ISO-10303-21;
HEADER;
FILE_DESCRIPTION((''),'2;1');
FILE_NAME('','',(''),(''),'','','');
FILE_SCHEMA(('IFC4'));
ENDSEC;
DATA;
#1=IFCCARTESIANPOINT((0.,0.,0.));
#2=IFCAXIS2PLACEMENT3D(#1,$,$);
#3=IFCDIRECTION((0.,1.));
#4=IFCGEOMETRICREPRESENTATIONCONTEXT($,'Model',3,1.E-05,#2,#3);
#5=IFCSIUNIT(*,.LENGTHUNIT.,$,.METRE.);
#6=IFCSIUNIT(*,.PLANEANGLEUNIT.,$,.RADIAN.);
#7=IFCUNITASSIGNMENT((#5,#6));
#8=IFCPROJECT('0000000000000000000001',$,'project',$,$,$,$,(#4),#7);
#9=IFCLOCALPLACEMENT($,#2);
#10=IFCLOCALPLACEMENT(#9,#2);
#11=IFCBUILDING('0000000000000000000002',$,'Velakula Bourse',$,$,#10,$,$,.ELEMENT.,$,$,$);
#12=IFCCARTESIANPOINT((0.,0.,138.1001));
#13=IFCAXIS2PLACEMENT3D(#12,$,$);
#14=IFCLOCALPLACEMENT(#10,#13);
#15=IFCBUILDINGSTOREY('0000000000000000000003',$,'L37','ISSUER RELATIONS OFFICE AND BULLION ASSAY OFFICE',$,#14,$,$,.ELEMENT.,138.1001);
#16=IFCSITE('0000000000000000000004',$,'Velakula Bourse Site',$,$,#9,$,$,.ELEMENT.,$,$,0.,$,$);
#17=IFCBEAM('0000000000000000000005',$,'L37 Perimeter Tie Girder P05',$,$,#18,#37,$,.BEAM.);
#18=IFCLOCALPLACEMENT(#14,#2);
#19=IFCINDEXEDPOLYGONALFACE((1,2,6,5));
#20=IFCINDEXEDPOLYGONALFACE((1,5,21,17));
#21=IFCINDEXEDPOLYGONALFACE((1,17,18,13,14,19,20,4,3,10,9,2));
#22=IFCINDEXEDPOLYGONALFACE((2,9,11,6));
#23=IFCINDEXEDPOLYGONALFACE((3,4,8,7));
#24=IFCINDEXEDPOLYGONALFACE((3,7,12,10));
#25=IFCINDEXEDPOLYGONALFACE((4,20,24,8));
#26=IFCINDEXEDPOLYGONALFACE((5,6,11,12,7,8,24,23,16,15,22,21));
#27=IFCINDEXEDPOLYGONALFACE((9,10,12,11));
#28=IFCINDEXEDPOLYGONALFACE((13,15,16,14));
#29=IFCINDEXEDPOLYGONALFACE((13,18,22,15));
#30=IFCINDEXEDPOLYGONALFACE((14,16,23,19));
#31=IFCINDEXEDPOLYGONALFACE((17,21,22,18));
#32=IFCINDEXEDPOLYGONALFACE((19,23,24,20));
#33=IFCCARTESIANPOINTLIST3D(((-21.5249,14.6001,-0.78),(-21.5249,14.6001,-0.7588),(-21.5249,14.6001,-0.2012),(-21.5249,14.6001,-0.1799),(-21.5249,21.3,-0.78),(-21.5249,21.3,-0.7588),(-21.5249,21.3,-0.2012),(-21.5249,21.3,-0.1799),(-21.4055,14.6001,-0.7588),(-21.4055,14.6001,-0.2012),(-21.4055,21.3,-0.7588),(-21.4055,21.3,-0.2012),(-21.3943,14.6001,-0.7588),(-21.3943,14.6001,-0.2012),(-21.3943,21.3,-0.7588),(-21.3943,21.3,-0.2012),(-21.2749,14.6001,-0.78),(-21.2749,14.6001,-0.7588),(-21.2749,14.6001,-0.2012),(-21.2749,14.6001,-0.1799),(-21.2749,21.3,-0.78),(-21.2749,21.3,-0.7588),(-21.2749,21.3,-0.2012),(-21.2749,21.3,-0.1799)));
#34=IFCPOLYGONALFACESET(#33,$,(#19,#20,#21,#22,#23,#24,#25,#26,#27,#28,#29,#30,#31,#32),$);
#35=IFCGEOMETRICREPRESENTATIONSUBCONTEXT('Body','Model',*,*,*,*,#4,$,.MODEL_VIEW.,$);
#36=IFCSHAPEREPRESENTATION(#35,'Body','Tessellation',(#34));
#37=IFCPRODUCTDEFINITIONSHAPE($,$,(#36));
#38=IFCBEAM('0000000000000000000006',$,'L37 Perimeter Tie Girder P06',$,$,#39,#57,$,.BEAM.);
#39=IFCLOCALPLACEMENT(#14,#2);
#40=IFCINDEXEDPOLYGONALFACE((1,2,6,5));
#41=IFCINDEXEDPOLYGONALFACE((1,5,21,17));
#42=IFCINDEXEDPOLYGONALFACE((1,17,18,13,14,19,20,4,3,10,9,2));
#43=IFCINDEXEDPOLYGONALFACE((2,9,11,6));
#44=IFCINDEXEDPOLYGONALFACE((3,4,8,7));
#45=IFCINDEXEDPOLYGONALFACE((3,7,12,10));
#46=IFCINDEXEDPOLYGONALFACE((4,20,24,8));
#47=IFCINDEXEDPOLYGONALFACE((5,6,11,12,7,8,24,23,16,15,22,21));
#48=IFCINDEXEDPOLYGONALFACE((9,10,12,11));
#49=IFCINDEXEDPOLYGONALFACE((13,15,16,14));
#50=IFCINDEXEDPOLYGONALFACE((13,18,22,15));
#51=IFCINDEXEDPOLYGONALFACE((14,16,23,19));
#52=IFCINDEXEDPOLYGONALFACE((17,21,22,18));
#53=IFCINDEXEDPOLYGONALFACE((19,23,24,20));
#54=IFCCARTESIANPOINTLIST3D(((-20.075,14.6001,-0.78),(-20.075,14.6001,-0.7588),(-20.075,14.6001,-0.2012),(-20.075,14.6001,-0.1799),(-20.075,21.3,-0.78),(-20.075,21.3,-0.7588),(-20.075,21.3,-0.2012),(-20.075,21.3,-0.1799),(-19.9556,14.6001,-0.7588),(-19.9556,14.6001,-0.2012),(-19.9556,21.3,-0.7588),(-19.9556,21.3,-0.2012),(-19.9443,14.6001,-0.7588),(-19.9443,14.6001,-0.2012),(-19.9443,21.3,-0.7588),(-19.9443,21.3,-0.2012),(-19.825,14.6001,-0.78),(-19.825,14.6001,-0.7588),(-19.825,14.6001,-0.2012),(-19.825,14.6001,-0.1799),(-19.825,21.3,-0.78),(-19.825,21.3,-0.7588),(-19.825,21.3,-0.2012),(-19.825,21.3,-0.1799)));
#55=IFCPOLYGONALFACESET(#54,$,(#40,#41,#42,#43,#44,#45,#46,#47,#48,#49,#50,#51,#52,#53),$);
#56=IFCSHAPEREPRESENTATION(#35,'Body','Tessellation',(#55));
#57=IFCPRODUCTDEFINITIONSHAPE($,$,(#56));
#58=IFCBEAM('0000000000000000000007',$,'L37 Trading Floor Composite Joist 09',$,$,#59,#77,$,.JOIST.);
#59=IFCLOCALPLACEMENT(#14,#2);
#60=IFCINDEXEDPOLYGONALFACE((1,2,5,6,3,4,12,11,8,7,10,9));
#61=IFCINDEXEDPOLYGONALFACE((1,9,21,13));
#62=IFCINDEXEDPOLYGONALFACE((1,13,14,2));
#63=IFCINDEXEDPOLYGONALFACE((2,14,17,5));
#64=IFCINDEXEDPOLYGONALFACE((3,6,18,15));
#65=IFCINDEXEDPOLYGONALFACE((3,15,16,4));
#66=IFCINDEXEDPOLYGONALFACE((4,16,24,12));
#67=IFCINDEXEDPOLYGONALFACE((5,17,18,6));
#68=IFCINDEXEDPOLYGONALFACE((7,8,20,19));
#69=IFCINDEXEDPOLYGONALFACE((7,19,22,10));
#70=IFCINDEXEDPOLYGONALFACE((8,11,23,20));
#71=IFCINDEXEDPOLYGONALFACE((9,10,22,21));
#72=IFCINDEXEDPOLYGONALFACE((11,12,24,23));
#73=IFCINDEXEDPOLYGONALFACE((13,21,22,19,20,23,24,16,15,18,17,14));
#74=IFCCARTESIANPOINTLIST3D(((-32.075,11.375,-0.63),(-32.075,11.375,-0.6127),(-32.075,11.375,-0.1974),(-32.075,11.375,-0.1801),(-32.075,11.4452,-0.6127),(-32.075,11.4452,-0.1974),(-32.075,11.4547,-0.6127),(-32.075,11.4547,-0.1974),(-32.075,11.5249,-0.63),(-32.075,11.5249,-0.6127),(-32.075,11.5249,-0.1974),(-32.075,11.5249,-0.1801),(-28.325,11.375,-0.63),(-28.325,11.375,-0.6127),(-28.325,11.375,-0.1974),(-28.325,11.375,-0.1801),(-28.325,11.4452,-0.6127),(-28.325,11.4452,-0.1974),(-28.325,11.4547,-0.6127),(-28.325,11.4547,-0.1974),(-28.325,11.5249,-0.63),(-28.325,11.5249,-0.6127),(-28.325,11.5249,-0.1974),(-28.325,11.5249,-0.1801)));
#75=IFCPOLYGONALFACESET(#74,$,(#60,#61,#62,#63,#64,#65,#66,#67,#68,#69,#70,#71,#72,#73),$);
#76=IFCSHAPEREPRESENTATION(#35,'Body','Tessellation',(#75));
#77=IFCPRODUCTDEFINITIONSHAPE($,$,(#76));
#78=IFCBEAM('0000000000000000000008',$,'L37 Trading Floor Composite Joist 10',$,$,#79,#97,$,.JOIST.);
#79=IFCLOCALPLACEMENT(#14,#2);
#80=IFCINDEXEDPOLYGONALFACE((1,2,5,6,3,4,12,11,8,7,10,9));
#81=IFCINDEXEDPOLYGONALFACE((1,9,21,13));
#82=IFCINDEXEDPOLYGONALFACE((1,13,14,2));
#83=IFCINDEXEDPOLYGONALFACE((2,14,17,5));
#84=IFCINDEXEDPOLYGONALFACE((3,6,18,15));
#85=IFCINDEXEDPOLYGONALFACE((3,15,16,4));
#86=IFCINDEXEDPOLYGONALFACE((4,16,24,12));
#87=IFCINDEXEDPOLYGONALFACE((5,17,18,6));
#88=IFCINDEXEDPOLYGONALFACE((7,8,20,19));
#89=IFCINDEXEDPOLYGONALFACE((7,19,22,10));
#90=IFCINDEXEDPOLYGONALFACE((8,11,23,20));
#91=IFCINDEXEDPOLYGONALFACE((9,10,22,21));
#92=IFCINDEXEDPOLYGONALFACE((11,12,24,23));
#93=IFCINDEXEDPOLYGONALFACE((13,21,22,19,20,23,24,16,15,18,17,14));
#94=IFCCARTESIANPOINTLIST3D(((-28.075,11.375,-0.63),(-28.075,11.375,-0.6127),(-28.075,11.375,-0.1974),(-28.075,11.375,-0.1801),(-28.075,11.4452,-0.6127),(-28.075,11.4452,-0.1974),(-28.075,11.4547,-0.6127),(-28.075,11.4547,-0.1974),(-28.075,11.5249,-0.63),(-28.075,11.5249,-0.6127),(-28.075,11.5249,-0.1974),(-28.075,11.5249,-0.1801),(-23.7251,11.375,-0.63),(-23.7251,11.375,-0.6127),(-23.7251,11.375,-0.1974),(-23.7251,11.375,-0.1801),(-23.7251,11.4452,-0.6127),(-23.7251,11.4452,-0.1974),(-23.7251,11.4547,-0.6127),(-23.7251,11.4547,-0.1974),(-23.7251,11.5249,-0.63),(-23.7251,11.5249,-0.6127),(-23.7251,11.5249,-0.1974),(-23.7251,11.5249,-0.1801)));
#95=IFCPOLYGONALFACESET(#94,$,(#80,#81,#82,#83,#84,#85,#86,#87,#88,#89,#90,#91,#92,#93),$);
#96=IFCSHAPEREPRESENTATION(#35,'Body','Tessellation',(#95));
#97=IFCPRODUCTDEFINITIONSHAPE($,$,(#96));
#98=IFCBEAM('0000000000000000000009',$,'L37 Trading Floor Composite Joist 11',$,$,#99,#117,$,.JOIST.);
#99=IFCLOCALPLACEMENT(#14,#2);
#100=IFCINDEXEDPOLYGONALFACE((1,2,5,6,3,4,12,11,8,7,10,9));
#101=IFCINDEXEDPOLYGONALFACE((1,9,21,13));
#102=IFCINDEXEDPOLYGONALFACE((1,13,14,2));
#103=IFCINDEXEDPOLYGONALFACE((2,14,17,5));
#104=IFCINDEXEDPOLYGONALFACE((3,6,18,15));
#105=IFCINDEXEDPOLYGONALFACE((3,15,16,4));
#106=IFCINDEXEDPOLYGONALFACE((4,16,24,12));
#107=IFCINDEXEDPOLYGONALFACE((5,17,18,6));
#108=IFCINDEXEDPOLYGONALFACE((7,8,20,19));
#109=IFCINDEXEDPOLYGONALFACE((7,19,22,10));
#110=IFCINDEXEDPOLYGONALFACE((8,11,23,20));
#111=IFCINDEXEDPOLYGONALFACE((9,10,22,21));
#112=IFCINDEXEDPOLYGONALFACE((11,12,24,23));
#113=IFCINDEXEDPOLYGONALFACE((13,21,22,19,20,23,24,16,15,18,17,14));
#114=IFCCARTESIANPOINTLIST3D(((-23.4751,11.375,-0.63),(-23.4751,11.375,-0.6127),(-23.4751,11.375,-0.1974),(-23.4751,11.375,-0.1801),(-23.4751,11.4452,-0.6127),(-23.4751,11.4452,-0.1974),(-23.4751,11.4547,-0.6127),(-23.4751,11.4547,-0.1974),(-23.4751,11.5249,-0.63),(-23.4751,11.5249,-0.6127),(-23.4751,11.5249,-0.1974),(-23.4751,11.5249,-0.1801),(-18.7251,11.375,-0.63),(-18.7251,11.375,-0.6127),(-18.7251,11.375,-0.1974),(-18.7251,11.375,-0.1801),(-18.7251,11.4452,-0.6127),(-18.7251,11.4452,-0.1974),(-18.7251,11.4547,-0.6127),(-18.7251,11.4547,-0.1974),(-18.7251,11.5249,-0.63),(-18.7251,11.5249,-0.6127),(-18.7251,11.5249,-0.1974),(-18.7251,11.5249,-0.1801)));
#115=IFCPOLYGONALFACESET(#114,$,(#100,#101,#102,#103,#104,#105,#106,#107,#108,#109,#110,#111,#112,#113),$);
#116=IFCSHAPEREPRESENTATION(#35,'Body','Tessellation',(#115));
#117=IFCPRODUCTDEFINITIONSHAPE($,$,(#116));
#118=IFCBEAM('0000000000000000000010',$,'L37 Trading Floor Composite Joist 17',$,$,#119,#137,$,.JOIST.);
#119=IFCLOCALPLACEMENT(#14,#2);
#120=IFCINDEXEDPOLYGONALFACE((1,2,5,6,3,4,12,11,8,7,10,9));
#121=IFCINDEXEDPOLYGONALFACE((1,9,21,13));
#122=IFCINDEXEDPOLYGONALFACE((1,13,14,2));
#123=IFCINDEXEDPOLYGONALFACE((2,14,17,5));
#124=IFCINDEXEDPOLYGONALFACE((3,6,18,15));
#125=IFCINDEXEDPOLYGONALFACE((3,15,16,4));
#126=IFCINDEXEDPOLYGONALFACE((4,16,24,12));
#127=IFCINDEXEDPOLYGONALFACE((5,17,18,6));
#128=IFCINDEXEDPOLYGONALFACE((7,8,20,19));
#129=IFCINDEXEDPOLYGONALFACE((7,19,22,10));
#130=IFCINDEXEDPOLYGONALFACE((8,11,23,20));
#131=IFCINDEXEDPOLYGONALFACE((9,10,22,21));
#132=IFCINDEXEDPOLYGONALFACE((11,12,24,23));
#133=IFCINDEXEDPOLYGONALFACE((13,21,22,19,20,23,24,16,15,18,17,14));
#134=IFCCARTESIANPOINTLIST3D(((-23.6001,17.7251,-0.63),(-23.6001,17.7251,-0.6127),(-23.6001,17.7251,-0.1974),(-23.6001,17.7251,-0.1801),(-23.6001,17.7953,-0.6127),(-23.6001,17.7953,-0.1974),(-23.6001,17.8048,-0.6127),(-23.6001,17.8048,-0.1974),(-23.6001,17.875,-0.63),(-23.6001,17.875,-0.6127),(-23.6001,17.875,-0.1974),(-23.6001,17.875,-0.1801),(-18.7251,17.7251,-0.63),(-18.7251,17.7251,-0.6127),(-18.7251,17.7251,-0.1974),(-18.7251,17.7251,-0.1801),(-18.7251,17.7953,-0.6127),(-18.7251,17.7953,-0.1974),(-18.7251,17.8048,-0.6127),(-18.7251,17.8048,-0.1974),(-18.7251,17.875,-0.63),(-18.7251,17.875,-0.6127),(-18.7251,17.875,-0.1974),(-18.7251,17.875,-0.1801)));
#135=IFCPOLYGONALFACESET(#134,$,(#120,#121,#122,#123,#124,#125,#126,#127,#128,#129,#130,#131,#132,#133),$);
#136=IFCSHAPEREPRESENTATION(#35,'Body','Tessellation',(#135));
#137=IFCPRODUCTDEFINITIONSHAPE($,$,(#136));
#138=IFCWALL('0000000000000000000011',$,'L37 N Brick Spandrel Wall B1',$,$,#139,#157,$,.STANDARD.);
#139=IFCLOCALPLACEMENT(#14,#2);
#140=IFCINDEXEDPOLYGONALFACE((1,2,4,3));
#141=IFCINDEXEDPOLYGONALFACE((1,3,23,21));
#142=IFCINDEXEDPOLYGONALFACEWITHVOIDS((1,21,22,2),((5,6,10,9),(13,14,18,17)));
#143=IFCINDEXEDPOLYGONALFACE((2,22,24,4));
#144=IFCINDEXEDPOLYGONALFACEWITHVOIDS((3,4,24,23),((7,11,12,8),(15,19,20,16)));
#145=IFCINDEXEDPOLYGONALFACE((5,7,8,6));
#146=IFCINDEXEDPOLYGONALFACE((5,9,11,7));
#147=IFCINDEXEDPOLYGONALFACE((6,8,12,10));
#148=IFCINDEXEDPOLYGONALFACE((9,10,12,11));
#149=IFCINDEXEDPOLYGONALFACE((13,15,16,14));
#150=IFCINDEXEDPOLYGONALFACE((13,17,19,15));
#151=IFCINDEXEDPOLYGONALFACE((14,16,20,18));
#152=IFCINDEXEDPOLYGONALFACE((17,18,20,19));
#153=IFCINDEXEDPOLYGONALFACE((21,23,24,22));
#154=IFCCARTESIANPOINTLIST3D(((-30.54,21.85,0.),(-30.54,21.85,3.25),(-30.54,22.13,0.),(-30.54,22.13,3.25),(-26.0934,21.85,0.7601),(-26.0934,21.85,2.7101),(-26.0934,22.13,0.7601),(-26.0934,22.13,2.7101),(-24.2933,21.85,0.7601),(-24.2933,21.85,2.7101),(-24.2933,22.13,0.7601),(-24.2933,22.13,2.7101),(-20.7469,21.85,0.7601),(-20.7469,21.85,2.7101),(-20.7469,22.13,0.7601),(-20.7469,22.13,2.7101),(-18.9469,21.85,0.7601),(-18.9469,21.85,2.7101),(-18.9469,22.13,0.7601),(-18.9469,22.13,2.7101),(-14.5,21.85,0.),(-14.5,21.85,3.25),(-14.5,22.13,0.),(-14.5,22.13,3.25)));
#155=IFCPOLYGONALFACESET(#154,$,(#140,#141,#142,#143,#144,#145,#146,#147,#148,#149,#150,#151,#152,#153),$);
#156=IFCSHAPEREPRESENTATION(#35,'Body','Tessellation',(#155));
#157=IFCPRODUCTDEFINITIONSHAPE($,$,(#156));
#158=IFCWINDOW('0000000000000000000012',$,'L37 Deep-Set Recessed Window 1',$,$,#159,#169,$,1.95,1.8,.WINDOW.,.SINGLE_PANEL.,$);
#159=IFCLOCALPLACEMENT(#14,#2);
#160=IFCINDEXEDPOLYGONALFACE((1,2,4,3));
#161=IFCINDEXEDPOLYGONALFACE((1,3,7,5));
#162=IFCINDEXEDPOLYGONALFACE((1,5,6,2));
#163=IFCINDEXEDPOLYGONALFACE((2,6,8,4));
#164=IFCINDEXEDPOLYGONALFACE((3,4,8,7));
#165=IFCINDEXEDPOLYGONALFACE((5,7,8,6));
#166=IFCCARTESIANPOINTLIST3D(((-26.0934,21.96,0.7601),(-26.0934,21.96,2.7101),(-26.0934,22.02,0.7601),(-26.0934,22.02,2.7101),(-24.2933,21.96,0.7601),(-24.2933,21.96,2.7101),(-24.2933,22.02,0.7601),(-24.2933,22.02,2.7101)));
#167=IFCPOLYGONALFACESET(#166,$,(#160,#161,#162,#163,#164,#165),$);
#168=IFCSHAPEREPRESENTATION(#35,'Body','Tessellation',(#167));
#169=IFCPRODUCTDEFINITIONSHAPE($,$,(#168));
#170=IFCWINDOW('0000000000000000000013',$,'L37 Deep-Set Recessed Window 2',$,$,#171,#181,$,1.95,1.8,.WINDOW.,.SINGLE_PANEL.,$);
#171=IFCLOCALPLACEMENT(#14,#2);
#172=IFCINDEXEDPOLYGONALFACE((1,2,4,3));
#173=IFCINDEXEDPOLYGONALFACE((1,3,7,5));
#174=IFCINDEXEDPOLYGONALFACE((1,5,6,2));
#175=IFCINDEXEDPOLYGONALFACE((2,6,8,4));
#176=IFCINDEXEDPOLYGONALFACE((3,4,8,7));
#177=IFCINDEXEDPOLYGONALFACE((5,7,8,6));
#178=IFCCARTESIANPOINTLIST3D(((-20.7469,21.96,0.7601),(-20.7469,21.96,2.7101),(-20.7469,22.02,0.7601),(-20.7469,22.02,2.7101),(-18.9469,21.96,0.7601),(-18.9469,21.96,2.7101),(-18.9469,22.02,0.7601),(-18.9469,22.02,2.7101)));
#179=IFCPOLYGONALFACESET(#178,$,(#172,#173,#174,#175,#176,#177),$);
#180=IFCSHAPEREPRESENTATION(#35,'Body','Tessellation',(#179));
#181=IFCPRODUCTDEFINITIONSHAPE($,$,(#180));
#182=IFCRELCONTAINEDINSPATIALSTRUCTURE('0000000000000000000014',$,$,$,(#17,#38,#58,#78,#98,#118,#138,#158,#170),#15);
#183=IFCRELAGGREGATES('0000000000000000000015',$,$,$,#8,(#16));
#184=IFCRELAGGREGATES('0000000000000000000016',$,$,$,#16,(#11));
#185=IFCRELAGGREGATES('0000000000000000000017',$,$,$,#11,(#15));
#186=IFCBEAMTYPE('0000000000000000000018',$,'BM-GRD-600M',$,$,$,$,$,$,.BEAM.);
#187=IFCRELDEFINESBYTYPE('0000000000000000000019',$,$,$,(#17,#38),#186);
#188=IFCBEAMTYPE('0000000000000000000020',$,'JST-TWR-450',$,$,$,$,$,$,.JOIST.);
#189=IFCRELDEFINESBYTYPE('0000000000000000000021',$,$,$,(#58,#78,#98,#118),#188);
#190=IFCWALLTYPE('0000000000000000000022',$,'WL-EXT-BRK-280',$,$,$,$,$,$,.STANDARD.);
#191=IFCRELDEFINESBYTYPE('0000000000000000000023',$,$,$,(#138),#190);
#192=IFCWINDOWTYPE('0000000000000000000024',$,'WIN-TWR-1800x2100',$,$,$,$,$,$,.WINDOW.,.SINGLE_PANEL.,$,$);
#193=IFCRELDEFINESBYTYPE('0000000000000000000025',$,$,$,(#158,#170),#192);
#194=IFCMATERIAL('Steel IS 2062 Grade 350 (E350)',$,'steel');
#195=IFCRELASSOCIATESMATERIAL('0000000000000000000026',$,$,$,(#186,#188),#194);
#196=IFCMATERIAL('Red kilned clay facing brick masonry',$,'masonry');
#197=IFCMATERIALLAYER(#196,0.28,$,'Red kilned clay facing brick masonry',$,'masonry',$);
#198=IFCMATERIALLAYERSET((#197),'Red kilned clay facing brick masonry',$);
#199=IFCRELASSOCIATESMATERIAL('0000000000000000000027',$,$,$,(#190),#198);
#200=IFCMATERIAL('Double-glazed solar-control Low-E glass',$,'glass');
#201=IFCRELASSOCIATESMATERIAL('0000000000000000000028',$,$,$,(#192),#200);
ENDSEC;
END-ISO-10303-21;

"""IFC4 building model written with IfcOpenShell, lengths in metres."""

from ifc_helpers import new_model, si_unit, direction, frame, frame_2d, origin, origin_2d, place, context, subcontext, project, spatial, rectangle, i_section, extrude, material, layer, layer_set, material_profile, profile_set, type_object, element, fill, save


model = new_model("IFC4")

# Units and contexts
model_context = context("Model", 3, precision=1e-05, world=origin(), true_north=direction((0.0, 1.0)))
body_context = subcontext(model_context, "Body", "Model", "MODEL_VIEW")
ifc_project = project(units=[si_unit("LENGTHUNIT", "METRE"), si_unit("PLANEANGLEUNIT", "RADIAN")], contexts=[model_context])

# Site, building, storey
site_placement = place(None, origin())
site = spatial("IfcSite", under=ifc_project, at=site_placement, Name="Velakula Bourse Site", CompositionType="ELEMENT", RefElevation=0.0)
building_placement = place(site_placement, origin())
building = spatial("IfcBuilding", under=site, at=building_placement, Name="Velakula Bourse", CompositionType="ELEMENT")
storey_placement = place(building_placement, frame((0.0, 0.0, 138.1001)))
storey = spatial("IfcBuildingStorey", under=building, at=storey_placement, Name="L37", Description="ISSUER RELATIONS OFFICE AND BULLION ASSAY OFFICE", CompositionType="ELEMENT", Elevation=138.1001)

# Shared definitions
ifc_material_1 = material(Name="Steel IS 2062 Grade 350 (E350)", Category="steel")

# Beams
ifc_material_profile_1 = material_profile(ifc_material_1, i_section(OverallWidth=0.25, OverallDepth=0.6001, WebThickness=0.0112, FlangeThickness=0.0212, at=origin_2d()), Name="Steel IS 2062 Grade 350 (E350)")
ifc_profile_set_1 = profile_set([ifc_material_profile_1], Name="Steel IS 2062 Grade 350 (E350)")
beam_type_1 = type_object("IfcBeamType", Name="BM-GRD-600M", PredefinedType="BEAM", material=ifc_profile_set_1)
for number, where, z_axis, x_axis, name in (
    (1, (-21.3999, 14.6001, -0.48), (0.0, 1.0, 0.0), (-1.0, 0.0, 0.0), "L37 Perimeter Tie Girder P05"),
    (2, (-19.95, 14.6001, -0.48), (0.0, 1.0, 0.0), (-1.0, 0.0, 0.0), "L37 Perimeter Tie Girder P06"),
):
    element("IfcBeam", number, at=place(storey_placement, frame(where, z_axis=z_axis, x_axis=x_axis)), inside=storey, type_object=beam_type_1, Name=name, PredefinedType="BEAM", context=body_context, shape_type="SweptSolid", body=[
        extrude(i_section(OverallWidth=0.25, OverallDepth=0.6001, WebThickness=0.0112, FlangeThickness=0.0212, at=origin_2d()), origin(), (0.0, 0.0, 1.0), 6.7),
    ])
ifc_material_profile_2 = material_profile(ifc_material_1, i_section(OverallWidth=0.1499, OverallDepth=0.45, WebThickness=0.0095, FlangeThickness=0.0173, at=origin_2d()), Name="Steel IS 2062 Grade 350 (E350)")
ifc_profile_set_2 = profile_set([ifc_material_profile_2], Name="Steel IS 2062 Grade 350 (E350)")
beam_type_2 = type_object("IfcBeamType", Name="JST-TWR-450", PredefinedType="JOIST", material=ifc_profile_set_2)
beam_1_placement = place(storey_placement, frame((-32.075, 11.45, -0.405), z_axis=(1.0, 0.0, 0.0), x_axis=(0.0, 1.0, 0.0)))
element("IfcBeam", 3, at=beam_1_placement, inside=storey, type_object=beam_type_2, Name="L37 Trading Floor Composite Joist 09", PredefinedType="JOIST", context=body_context, shape_type="SweptSolid", body=[
    extrude(i_section(OverallWidth=0.1499, OverallDepth=0.45, WebThickness=0.0095, FlangeThickness=0.0173, at=origin_2d()), origin(), (0.0, 0.0, 1.0), 3.75),
])
beam_2_placement = place(storey_placement, frame((-28.075, 11.45, -0.405), z_axis=(1.0, 0.0, 0.0), x_axis=(0.0, 1.0, 0.0)))
element("IfcBeam", 4, at=beam_2_placement, inside=storey, type_object=beam_type_2, Name="L37 Trading Floor Composite Joist 10", PredefinedType="JOIST", context=body_context, shape_type="SweptSolid", body=[
    extrude(i_section(OverallWidth=0.1499, OverallDepth=0.45, WebThickness=0.0095, FlangeThickness=0.0173, at=origin_2d()), origin(), (0.0, 0.0, 1.0), 4.3499),
])
beam_3_placement = place(storey_placement, frame((-23.4751, 11.45, -0.405), z_axis=(1.0, 0.0, 0.0), x_axis=(0.0, 1.0, 0.0)))
element("IfcBeam", 5, at=beam_3_placement, inside=storey, type_object=beam_type_2, Name="L37 Trading Floor Composite Joist 11", PredefinedType="JOIST", context=body_context, shape_type="SweptSolid", body=[
    extrude(i_section(OverallWidth=0.1499, OverallDepth=0.45, WebThickness=0.0095, FlangeThickness=0.0173, at=origin_2d()), origin(), (0.0, 0.0, 1.0), 4.75),
])
beam_4_placement = place(storey_placement, frame((-23.6001, 17.8, -0.405), z_axis=(1.0, 0.0, 0.0), x_axis=(0.0, 1.0, 0.0)))
element("IfcBeam", 6, at=beam_4_placement, inside=storey, type_object=beam_type_2, Name="L37 Trading Floor Composite Joist 17", PredefinedType="JOIST", context=body_context, shape_type="SweptSolid", body=[
    extrude(i_section(OverallWidth=0.1499, OverallDepth=0.45, WebThickness=0.0095, FlangeThickness=0.0173, at=origin_2d()), origin(), (0.0, 0.0, 1.0), 4.875),
])

# Wall, openings, windows
ifc_material_2 = material(Name="Red kilned clay facing brick masonry", Category="masonry")
ifc_layer_1 = layer(ifc_material_2, 0.28, Name="Red kilned clay facing brick masonry", Category="masonry")
ifc_layer_set_1 = layer_set([ifc_layer_1], Name="Red kilned clay facing brick masonry")
wall_type_1 = type_object("IfcWallType", Name="WL-EXT-BRK-280", PredefinedType="STANDARD", material=ifc_layer_set_1)
wall_1_placement = place(storey_placement, frame((-30.54, 21.99, 0.0), z_axis=(0.0, 0.0, 1.0), x_axis=(1.0, 0.0, 0.0)))
wall_1 = element("IfcWall", 7, at=wall_1_placement, inside=storey, type_object=wall_type_1, Name="L37 N Brick Spandrel Wall B1", PredefinedType="STANDARD", context=body_context, shape_type="SweptSolid", body=[
    extrude(rectangle(XDim=16.04, YDim=0.28, at=frame_2d((8.02, 0.0))), origin(), (0.0, 0.0, 1.0), 3.25),
])
opening_1_placement = place(wall_1_placement, frame((4.4468, 0.0, 0.76)))
opening_1 = element("IfcOpeningElement", 8, at=opening_1_placement, cuts=wall_1, PredefinedType="OPENING", context=body_context, shape_type="SweptSolid", body=[
    extrude(rectangle(XDim=1.8, YDim=1.95, at=frame_2d((0.8999, 0.9751))), frame((0.0, 0.1499, 0.0), z_axis=(0.0, -1.0, 0.0), x_axis=(1.0, 0.0, 0.0)), (0.0, 0.0, 1.0), 0.3),
])
opening_2_placement = place(wall_1_placement, frame((9.7932, 0.0, 0.76)))
opening_2 = element("IfcOpeningElement", 9, at=opening_2_placement, cuts=wall_1, PredefinedType="OPENING", context=body_context, shape_type="SweptSolid", body=[
    extrude(rectangle(XDim=1.8, YDim=1.95, at=frame_2d((0.8999, 0.9751))), frame((0.0, 0.1499, 0.0), z_axis=(0.0, -1.0, 0.0), x_axis=(1.0, 0.0, 0.0)), (0.0, 0.0, 1.0), 0.3),
])
ifc_material_3 = material(Name="Double-glazed solar-control Low-E glass", Category="glass")
window_type = type_object("IfcWindowType", Name="WIN-TWR-1800x2100", PartitioningType="SINGLE_PANEL", PredefinedType="WINDOW", material=ifc_material_3)
window_1_placement = place(opening_1_placement, origin())
window_1 = element("IfcWindow", 10, at=window_1_placement, inside=storey, type_object=window_type, Name="L37 Deep-Set Recessed Window 1", OverallHeight=1.95, OverallWidth=1.8, PartitioningType="SINGLE_PANEL", PredefinedType="WINDOW", context=body_context, shape_type="SweptSolid", body=[
    extrude(rectangle(XDim=1.8, YDim=1.95, at=frame_2d((0.8999, 0.9751))), frame((0.0, 0.03, 0.0), z_axis=(0.0, -1.0, 0.0), x_axis=(1.0, 0.0, 0.0)), (0.0, 0.0, 1.0), 0.0601),
])
fill(opening_1, window_1)
window_2_placement = place(opening_2_placement, origin())
window_2 = element("IfcWindow", 11, at=window_2_placement, inside=storey, type_object=window_type, Name="L37 Deep-Set Recessed Window 2", OverallHeight=1.95, OverallWidth=1.8, PartitioningType="SINGLE_PANEL", PredefinedType="WINDOW", context=body_context, shape_type="SweptSolid", body=[
    extrude(rectangle(XDim=1.8, YDim=1.95, at=frame_2d((0.8999, 0.9751))), frame((0.0, 0.03, 0.0), z_axis=(0.0, -1.0, 0.0), x_axis=(1.0, 0.0, 0.0)), (0.0, 0.0, 1.0), 0.0601),
])
fill(opening_2, window_2)

save(model, "model.ifc")
